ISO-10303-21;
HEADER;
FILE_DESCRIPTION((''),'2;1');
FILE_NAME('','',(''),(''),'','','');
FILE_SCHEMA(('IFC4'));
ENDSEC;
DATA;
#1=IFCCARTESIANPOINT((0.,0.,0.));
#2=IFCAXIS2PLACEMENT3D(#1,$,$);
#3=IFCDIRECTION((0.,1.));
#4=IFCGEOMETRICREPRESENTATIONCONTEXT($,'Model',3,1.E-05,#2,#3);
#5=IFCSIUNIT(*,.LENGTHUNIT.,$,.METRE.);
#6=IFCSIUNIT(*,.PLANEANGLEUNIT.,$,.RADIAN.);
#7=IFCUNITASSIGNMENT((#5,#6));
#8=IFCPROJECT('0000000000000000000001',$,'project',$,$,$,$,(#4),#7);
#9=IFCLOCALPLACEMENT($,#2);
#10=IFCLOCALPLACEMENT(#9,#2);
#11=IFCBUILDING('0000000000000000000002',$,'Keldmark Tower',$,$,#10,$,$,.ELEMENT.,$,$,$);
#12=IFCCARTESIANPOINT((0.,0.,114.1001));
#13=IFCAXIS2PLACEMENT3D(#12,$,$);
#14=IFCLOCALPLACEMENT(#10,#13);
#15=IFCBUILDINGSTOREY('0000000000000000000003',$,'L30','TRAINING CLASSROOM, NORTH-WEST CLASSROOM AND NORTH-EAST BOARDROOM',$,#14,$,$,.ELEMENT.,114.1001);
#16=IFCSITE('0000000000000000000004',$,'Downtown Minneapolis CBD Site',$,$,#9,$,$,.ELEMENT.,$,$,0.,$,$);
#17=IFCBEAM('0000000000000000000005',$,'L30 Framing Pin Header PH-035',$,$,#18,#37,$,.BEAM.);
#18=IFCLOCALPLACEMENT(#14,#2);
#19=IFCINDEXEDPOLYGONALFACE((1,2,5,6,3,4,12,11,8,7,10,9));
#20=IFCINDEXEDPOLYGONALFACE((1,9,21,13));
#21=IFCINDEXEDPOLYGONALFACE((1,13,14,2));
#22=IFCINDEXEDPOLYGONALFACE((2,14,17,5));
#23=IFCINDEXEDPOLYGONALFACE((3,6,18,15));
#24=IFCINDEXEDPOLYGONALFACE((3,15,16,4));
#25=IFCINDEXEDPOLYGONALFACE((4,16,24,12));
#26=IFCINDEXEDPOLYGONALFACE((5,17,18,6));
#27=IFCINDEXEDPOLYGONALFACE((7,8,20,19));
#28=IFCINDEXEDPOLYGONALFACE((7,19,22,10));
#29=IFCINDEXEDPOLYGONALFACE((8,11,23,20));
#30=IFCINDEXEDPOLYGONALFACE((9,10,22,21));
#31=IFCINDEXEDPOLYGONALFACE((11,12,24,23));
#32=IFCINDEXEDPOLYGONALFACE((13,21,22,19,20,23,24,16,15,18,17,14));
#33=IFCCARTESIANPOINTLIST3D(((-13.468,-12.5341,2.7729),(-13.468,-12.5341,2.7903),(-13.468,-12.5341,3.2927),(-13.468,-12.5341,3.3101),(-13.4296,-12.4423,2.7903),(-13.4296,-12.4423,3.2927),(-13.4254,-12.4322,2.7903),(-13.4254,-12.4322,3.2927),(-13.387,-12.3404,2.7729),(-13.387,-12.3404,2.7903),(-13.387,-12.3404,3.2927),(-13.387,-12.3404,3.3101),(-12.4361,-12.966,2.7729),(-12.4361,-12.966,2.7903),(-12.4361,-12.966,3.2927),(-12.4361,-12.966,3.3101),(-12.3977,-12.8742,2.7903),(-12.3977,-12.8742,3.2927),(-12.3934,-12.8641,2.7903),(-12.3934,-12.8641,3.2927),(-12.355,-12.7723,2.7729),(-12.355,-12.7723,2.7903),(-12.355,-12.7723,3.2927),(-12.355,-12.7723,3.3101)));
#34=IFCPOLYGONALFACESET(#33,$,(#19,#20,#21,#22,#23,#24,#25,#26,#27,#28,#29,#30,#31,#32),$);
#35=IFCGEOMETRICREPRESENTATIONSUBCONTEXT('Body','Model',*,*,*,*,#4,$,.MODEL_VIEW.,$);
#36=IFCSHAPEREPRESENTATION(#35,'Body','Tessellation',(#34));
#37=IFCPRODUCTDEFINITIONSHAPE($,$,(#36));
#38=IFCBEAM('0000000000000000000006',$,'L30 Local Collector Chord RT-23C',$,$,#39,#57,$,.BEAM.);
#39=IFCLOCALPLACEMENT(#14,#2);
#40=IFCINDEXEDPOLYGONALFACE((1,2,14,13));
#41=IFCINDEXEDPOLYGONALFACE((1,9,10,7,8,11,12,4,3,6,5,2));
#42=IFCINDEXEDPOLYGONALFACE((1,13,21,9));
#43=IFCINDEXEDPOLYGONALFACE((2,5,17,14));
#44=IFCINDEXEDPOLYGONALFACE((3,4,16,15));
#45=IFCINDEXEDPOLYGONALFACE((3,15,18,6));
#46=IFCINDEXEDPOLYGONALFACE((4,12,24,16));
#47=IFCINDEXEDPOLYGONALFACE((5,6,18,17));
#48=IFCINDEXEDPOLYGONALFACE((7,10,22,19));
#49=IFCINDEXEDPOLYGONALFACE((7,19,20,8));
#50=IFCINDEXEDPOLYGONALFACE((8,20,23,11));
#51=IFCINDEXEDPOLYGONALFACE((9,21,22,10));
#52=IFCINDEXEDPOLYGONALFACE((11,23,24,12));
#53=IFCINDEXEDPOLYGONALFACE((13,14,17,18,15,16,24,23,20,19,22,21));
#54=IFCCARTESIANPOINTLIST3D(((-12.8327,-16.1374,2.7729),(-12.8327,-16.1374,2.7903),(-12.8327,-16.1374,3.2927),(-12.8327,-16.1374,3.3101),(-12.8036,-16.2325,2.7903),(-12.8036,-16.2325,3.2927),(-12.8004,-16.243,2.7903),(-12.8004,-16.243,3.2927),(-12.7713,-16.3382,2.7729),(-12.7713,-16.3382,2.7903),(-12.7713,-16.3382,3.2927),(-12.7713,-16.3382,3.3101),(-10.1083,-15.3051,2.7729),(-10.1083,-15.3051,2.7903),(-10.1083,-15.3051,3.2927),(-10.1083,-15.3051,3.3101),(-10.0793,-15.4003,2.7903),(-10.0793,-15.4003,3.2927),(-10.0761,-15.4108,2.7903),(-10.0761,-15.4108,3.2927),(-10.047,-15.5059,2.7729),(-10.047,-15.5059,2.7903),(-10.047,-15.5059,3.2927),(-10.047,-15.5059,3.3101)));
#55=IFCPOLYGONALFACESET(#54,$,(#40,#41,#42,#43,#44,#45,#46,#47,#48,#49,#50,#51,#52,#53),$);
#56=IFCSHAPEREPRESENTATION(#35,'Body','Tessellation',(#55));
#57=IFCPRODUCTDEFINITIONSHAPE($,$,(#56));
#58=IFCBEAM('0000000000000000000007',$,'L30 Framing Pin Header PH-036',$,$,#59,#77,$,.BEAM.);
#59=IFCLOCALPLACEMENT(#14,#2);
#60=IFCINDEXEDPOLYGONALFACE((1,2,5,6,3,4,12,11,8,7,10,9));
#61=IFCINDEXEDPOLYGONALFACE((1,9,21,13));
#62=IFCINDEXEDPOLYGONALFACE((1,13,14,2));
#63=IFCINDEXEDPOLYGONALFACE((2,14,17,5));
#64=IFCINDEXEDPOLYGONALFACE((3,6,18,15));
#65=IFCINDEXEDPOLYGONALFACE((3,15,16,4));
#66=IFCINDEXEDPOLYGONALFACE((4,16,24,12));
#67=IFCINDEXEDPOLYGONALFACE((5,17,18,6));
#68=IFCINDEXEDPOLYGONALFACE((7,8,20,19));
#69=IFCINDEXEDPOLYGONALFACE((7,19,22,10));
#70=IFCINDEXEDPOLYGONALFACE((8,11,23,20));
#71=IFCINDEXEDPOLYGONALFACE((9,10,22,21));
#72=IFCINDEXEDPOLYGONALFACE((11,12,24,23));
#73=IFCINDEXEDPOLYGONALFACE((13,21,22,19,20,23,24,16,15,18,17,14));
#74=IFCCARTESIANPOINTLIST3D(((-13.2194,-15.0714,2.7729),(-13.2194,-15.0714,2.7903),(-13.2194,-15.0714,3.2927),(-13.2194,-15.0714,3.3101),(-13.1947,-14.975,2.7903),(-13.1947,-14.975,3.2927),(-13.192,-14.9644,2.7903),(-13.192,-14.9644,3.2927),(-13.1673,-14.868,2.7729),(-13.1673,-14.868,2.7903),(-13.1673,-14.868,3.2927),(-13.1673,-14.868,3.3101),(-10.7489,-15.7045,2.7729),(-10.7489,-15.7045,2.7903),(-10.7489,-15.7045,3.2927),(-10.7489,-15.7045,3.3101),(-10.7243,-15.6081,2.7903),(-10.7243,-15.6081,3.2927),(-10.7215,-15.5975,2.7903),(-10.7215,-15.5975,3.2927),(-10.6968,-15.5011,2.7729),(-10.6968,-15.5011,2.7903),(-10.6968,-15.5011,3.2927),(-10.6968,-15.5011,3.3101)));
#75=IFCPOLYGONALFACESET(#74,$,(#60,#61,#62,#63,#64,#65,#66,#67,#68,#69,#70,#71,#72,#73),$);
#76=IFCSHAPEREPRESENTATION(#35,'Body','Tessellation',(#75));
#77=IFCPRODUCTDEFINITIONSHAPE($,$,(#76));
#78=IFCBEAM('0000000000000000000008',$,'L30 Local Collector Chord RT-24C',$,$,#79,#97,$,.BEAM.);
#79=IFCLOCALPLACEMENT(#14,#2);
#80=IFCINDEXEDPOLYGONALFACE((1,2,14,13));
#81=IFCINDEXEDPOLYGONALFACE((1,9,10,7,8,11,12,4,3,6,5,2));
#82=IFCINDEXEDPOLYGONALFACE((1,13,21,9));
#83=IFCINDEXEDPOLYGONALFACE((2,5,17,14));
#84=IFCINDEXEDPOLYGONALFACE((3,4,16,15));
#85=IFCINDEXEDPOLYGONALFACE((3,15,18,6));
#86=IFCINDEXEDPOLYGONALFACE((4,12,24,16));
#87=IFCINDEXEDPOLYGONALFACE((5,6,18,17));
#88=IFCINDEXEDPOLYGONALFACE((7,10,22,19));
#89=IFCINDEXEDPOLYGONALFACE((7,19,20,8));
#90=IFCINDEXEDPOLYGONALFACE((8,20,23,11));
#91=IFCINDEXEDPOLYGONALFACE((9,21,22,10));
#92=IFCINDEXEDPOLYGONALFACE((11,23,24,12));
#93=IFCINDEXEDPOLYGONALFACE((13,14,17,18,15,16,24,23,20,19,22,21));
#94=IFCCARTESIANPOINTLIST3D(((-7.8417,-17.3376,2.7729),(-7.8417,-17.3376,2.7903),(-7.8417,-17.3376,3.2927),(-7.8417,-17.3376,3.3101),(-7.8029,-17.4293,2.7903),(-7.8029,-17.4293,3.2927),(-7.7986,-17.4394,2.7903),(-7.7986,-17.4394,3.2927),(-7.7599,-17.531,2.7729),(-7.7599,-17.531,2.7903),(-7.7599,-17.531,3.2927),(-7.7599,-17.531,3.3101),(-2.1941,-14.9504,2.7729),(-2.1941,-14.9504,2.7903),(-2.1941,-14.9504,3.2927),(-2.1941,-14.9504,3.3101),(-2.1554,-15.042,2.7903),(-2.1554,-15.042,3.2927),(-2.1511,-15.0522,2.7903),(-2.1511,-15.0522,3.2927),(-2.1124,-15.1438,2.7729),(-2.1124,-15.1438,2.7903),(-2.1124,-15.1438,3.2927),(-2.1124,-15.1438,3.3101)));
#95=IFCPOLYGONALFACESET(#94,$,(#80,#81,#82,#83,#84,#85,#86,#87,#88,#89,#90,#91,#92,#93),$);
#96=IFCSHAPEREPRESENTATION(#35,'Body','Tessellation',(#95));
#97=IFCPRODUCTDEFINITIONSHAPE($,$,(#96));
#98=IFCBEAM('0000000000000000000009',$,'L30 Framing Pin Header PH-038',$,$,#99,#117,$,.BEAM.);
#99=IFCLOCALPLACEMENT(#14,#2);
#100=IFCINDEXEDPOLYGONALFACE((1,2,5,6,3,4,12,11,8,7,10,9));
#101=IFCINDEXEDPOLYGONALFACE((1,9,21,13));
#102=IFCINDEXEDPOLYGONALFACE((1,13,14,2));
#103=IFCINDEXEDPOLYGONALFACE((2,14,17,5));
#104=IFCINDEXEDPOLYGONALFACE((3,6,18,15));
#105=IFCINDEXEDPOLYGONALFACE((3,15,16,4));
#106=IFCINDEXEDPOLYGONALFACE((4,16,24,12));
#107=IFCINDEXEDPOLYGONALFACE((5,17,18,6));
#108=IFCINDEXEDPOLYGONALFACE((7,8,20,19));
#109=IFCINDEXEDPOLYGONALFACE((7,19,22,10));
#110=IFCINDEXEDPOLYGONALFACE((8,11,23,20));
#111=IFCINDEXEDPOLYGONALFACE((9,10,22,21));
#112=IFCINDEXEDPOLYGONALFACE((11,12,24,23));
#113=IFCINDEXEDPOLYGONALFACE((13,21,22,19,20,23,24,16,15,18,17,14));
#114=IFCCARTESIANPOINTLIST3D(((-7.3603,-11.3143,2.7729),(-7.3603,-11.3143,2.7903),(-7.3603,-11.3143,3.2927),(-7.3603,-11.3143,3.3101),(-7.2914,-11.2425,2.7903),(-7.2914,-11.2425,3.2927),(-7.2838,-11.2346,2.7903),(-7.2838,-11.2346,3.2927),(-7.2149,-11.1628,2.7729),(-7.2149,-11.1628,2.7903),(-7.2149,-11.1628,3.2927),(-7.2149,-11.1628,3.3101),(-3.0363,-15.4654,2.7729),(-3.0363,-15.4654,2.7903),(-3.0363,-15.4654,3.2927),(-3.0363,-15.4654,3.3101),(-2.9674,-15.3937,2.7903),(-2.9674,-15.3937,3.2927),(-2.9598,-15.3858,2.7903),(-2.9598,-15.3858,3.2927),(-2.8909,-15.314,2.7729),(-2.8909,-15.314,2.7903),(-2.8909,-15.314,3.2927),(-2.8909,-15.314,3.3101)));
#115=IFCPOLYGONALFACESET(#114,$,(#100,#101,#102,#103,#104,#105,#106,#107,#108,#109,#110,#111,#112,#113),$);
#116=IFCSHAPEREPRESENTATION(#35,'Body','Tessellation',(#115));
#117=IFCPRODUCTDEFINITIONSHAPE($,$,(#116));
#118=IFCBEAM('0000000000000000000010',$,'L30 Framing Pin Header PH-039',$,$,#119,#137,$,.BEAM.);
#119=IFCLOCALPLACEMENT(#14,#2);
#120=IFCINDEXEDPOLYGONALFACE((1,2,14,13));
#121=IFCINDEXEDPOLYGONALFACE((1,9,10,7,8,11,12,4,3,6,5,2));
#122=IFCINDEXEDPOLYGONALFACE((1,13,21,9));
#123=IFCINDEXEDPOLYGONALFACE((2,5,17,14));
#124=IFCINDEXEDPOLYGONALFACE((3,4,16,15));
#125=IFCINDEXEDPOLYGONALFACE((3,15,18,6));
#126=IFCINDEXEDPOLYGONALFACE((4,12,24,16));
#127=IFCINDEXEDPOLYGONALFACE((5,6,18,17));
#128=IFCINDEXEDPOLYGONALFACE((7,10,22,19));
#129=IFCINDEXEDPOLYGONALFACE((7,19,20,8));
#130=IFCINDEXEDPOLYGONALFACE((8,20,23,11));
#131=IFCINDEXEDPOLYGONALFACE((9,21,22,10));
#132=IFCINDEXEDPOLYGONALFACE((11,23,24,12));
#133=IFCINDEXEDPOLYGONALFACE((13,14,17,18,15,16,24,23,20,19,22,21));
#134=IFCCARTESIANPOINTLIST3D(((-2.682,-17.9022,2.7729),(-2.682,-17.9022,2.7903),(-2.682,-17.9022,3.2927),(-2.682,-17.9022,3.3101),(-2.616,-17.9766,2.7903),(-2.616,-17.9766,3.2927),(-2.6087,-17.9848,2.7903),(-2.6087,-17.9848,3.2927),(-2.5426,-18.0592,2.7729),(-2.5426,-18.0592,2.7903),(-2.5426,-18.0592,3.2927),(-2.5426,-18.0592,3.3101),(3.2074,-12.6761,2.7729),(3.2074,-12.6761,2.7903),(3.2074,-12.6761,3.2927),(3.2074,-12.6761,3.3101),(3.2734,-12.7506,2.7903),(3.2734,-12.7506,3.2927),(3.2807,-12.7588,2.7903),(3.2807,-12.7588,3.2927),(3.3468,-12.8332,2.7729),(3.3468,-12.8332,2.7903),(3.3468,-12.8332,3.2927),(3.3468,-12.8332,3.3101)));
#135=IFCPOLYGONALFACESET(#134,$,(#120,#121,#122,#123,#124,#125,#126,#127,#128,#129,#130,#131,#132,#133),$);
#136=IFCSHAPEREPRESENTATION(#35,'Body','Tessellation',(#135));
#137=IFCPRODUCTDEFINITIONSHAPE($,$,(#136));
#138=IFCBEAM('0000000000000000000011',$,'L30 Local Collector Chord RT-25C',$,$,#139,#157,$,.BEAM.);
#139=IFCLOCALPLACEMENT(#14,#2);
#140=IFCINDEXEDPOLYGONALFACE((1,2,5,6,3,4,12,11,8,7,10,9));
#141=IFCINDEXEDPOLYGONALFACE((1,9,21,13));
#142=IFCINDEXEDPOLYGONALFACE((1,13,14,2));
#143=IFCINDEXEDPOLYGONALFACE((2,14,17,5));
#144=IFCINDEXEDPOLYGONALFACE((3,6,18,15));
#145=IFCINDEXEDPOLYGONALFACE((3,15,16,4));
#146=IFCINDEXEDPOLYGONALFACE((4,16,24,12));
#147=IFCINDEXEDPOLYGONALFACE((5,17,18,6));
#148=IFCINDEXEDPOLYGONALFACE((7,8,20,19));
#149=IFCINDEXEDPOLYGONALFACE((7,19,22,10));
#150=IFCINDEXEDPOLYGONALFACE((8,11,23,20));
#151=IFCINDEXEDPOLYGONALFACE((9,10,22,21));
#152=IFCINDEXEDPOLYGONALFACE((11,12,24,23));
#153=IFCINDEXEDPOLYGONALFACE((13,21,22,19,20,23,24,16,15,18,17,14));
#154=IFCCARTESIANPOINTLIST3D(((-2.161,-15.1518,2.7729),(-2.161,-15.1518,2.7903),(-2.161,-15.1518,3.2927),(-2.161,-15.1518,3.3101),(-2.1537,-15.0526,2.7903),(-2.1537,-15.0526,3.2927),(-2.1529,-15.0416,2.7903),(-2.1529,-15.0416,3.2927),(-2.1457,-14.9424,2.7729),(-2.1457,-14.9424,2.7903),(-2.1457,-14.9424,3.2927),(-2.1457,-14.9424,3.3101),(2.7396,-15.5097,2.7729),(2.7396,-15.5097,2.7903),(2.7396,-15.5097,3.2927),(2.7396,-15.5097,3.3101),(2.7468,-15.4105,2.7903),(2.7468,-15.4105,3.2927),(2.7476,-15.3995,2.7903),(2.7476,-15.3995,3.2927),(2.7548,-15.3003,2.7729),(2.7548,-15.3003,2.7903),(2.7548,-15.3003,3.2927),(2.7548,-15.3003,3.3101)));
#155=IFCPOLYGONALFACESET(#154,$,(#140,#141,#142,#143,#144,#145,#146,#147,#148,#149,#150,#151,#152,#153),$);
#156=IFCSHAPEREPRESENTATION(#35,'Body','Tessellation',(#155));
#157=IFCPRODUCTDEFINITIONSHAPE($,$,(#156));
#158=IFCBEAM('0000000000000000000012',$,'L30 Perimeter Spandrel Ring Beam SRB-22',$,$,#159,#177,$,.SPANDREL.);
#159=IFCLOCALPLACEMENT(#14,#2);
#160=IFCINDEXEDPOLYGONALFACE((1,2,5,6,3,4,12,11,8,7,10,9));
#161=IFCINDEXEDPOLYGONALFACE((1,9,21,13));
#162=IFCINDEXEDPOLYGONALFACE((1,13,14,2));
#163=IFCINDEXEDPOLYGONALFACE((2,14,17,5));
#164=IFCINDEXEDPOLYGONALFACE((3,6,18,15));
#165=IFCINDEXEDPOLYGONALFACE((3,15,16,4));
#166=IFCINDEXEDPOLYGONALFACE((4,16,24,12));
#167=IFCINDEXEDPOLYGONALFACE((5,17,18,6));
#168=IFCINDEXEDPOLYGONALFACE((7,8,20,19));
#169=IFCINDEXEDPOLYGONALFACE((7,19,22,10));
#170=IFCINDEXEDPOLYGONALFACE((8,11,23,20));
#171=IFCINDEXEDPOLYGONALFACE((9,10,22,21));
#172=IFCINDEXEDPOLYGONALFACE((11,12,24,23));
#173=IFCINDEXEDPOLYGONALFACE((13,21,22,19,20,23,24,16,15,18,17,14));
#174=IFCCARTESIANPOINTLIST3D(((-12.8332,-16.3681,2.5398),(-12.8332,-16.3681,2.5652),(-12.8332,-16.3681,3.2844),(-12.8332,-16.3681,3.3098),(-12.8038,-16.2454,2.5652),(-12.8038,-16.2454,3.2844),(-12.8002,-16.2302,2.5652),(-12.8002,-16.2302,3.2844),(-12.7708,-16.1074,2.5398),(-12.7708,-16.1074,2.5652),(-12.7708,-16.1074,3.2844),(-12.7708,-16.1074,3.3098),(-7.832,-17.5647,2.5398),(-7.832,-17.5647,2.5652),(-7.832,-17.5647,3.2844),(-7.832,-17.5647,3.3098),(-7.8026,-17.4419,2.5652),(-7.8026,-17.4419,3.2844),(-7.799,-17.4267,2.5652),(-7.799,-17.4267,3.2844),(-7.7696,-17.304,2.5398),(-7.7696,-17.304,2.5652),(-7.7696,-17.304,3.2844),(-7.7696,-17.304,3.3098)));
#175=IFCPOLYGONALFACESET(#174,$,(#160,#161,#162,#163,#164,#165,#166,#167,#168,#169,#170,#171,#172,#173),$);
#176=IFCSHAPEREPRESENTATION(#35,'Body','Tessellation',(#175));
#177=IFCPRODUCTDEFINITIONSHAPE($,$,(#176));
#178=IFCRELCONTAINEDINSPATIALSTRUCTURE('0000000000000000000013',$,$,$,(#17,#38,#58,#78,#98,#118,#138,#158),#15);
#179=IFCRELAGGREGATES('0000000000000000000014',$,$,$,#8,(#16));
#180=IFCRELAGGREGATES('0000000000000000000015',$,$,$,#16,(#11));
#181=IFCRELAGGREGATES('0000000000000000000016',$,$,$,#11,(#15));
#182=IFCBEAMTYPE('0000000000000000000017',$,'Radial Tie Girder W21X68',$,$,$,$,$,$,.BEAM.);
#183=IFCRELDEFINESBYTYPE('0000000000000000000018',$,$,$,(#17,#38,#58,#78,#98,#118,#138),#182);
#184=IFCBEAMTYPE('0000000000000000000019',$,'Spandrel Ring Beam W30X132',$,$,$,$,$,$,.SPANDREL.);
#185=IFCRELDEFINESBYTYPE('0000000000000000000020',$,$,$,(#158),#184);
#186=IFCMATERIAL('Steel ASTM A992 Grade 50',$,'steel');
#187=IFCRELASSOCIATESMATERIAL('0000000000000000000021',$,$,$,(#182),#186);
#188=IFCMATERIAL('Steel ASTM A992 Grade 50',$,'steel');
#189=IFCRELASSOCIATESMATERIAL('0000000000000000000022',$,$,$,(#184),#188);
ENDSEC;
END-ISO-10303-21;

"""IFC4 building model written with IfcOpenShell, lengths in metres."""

from ifc_helpers import new_model, si_unit, direction, frame, origin, origin_2d, place, context, subcontext, project, spatial, i_section, extrude, material, material_profile, profile_set, type_object, element, save


model = new_model("IFC4")

# Units and contexts
model_context = context("Model", 3, precision=1e-05, world=origin(), true_north=direction((0.0, 1.0)))
body_context = subcontext(model_context, "Body", "Model", "MODEL_VIEW")
ifc_project = project(units=[si_unit("LENGTHUNIT", "METRE"), si_unit("PLANEANGLEUNIT", "RADIAN")], contexts=[model_context])

# Site, building, storey
site_placement = place(None, origin())
site = spatial("IfcSite", under=ifc_project, at=site_placement, Name="Downtown Minneapolis CBD Site", CompositionType="ELEMENT", RefElevation=0.0)
building_placement = place(site_placement, origin())
building = spatial("IfcBuilding", under=site, at=building_placement, Name="Keldmark Tower", CompositionType="ELEMENT")
storey_placement = place(building_placement, frame((0.0, 0.0, 114.1001)))
storey = spatial("IfcBuildingStorey", under=building, at=storey_placement, Name="L30", Description="TRAINING CLASSROOM, NORTH-WEST CLASSROOM AND NORTH-EAST BOARDROOM", CompositionType="ELEMENT", Elevation=114.1001)

# Beams
ifc_material_1 = material(Name="Steel ASTM A992 Grade 50", Category="steel")
ifc_material_profile_1 = material_profile(ifc_material_1, i_section(OverallWidth=0.21, OverallDepth=0.5371, WebThickness=0.011, FlangeThickness=0.0173, at=origin_2d()), Name="W21X68")
ifc_profile_set_1 = profile_set([ifc_material_profile_1], Name="Steel ASTM A992 Grade 50")
beam_type_1 = type_object("IfcBeamType", Name="Radial Tie Girder W21X68", PredefinedType="BEAM", material=ifc_profile_set_1)
beam_1_placement = place(storey_placement, frame((-13.4275, -12.4373, 3.0415), z_axis=(0.922475, -0.386056, 0.0), x_axis=(0.386056, 0.922475, 0.0)))
element("IfcBeam", 1, at=beam_1_placement, inside=storey, type_object=beam_type_1, Name="L30 Framing Pin Header PH-035", PredefinedType="BEAM", context=body_context, shape_type="SweptSolid", body=[
    extrude(i_section(OverallWidth=0.21, OverallDepth=0.5371, WebThickness=0.011, FlangeThickness=0.0173, at=origin_2d()), origin(), (0.0, 0.0, 1.0), 1.1187),
])
beam_2_placement = place(storey_placement, frame((-12.802, -16.2378, 3.0415), z_axis=(0.956368, 0.292164, 0.0), x_axis=(-0.292164, 0.956368, 0.0)))
element("IfcBeam", 2, at=beam_2_placement, inside=storey, type_object=beam_type_1, Name="L30 Local Collector Chord RT-23C", PredefinedType="BEAM", context=body_context, shape_type="SweptSolid", body=[
    extrude(i_section(OverallWidth=0.21, OverallDepth=0.5371, WebThickness=0.011, FlangeThickness=0.0173, at=origin_2d()), origin(), (0.0, 0.0, 1.0), 2.8486),
])
beam_3_placement = place(storey_placement, frame((-13.1934, -14.9697, 3.0415), z_axis=(0.968701, -0.24823, 0.0), x_axis=(0.24823, 0.968701, 0.0)))
element("IfcBeam", 3, at=beam_3_placement, inside=storey, type_object=beam_type_1, Name="L30 Framing Pin Header PH-036", PredefinedType="BEAM", context=body_context, shape_type="SweptSolid", body=[
    extrude(i_section(OverallWidth=0.21, OverallDepth=0.5371, WebThickness=0.011, FlangeThickness=0.0173, at=origin_2d()), origin(), (0.0, 0.0, 1.0), 2.5503),
])
beam_4_placement = place(storey_placement, frame((-7.8008, -17.4343, 3.0415), z_axis=(0.92109, 0.389349, 0.0), x_axis=(-0.389349, 0.92109, 0.0)))
element("IfcBeam", 4, at=beam_4_placement, inside=storey, type_object=beam_type_1, Name="L30 Local Collector Chord RT-24C", PredefinedType="BEAM", context=body_context, shape_type="SweptSolid", body=[
    extrude(i_section(OverallWidth=0.21, OverallDepth=0.5371, WebThickness=0.011, FlangeThickness=0.0173, at=origin_2d()), origin(), (0.0, 0.0, 1.0), 6.1313),
])
beam_5_placement = place(storey_placement, frame((-7.2876, -11.2385, 3.0415), z_axis=(0.721378, -0.692541, 0.0), x_axis=(0.692541, 0.721378, 0.0)))
element("IfcBeam", 5, at=beam_5_placement, inside=storey, type_object=beam_type_1, Name="L30 Framing Pin Header PH-038", PredefinedType="BEAM", context=body_context, shape_type="SweptSolid", body=[
    extrude(i_section(OverallWidth=0.21, OverallDepth=0.5371, WebThickness=0.011, FlangeThickness=0.0173, at=origin_2d()), origin(), (0.0, 0.0, 1.0), 5.9941),
])
beam_6_placement = place(storey_placement, frame((-2.6123, -17.9807, 3.0415), z_axis=(0.747974, 0.663728, 0.0), x_axis=(-0.663728, 0.747974, 0.0)))
element("IfcBeam", 6, at=beam_6_placement, inside=storey, type_object=beam_type_1, Name="L30 Framing Pin Header PH-039", PredefinedType="BEAM", context=body_context, shape_type="SweptSolid", body=[
    extrude(i_section(OverallWidth=0.21, OverallDepth=0.5371, WebThickness=0.011, FlangeThickness=0.0173, at=origin_2d()), origin(), (0.0, 0.0, 1.0), 7.8738),
])
beam_7_placement = place(storey_placement, frame((-2.1533, -15.0471, 3.0415), z_axis=(0.997344, -0.072839, 0.0), x_axis=(0.072839, 0.997344, 0.0)))
element("IfcBeam", 7, at=beam_7_placement, inside=storey, type_object=beam_type_1, Name="L30 Local Collector Chord RT-25C", PredefinedType="BEAM", context=body_context, shape_type="SweptSolid", body=[
    extrude(i_section(OverallWidth=0.21, OverallDepth=0.5371, WebThickness=0.011, FlangeThickness=0.0173, at=origin_2d()), origin(), (0.0, 0.0, 1.0), 4.9136),
])
ifc_material_2 = material(Name="Steel ASTM A992 Grade 50", Category="steel")
ifc_material_profile_2 = material_profile(ifc_material_2, i_section(OverallWidth=0.2681, OverallDepth=0.77, WebThickness=0.0156, FlangeThickness=0.0254, at=origin_2d()), Name="W30X132")
ifc_profile_set_2 = profile_set([ifc_material_profile_2], Name="Steel ASTM A992 Grade 50")
beam_type_2 = type_object("IfcBeamType", Name="Spandrel Ring Beam W30X132", PredefinedType="SPANDREL", material=ifc_profile_set_2)
beam_8_placement = place(storey_placement, frame((-12.802, -16.2378, 2.9248), z_axis=(0.972553, -0.232682, 0.0), x_axis=(0.232682, 0.972553, 0.0)))
element("IfcBeam", 8, at=beam_8_placement, inside=storey, type_object=beam_type_2, Name="L30 Perimeter Spandrel Ring Beam SRB-22", PredefinedType="SPANDREL", context=body_context, shape_type="SweptSolid", body=[
    extrude(i_section(OverallWidth=0.2681, OverallDepth=0.77, WebThickness=0.0156, FlangeThickness=0.0254, at=origin_2d()), origin(), (0.0, 0.0, 1.0), 5.1423),
])

save(model, "model.ifc")
